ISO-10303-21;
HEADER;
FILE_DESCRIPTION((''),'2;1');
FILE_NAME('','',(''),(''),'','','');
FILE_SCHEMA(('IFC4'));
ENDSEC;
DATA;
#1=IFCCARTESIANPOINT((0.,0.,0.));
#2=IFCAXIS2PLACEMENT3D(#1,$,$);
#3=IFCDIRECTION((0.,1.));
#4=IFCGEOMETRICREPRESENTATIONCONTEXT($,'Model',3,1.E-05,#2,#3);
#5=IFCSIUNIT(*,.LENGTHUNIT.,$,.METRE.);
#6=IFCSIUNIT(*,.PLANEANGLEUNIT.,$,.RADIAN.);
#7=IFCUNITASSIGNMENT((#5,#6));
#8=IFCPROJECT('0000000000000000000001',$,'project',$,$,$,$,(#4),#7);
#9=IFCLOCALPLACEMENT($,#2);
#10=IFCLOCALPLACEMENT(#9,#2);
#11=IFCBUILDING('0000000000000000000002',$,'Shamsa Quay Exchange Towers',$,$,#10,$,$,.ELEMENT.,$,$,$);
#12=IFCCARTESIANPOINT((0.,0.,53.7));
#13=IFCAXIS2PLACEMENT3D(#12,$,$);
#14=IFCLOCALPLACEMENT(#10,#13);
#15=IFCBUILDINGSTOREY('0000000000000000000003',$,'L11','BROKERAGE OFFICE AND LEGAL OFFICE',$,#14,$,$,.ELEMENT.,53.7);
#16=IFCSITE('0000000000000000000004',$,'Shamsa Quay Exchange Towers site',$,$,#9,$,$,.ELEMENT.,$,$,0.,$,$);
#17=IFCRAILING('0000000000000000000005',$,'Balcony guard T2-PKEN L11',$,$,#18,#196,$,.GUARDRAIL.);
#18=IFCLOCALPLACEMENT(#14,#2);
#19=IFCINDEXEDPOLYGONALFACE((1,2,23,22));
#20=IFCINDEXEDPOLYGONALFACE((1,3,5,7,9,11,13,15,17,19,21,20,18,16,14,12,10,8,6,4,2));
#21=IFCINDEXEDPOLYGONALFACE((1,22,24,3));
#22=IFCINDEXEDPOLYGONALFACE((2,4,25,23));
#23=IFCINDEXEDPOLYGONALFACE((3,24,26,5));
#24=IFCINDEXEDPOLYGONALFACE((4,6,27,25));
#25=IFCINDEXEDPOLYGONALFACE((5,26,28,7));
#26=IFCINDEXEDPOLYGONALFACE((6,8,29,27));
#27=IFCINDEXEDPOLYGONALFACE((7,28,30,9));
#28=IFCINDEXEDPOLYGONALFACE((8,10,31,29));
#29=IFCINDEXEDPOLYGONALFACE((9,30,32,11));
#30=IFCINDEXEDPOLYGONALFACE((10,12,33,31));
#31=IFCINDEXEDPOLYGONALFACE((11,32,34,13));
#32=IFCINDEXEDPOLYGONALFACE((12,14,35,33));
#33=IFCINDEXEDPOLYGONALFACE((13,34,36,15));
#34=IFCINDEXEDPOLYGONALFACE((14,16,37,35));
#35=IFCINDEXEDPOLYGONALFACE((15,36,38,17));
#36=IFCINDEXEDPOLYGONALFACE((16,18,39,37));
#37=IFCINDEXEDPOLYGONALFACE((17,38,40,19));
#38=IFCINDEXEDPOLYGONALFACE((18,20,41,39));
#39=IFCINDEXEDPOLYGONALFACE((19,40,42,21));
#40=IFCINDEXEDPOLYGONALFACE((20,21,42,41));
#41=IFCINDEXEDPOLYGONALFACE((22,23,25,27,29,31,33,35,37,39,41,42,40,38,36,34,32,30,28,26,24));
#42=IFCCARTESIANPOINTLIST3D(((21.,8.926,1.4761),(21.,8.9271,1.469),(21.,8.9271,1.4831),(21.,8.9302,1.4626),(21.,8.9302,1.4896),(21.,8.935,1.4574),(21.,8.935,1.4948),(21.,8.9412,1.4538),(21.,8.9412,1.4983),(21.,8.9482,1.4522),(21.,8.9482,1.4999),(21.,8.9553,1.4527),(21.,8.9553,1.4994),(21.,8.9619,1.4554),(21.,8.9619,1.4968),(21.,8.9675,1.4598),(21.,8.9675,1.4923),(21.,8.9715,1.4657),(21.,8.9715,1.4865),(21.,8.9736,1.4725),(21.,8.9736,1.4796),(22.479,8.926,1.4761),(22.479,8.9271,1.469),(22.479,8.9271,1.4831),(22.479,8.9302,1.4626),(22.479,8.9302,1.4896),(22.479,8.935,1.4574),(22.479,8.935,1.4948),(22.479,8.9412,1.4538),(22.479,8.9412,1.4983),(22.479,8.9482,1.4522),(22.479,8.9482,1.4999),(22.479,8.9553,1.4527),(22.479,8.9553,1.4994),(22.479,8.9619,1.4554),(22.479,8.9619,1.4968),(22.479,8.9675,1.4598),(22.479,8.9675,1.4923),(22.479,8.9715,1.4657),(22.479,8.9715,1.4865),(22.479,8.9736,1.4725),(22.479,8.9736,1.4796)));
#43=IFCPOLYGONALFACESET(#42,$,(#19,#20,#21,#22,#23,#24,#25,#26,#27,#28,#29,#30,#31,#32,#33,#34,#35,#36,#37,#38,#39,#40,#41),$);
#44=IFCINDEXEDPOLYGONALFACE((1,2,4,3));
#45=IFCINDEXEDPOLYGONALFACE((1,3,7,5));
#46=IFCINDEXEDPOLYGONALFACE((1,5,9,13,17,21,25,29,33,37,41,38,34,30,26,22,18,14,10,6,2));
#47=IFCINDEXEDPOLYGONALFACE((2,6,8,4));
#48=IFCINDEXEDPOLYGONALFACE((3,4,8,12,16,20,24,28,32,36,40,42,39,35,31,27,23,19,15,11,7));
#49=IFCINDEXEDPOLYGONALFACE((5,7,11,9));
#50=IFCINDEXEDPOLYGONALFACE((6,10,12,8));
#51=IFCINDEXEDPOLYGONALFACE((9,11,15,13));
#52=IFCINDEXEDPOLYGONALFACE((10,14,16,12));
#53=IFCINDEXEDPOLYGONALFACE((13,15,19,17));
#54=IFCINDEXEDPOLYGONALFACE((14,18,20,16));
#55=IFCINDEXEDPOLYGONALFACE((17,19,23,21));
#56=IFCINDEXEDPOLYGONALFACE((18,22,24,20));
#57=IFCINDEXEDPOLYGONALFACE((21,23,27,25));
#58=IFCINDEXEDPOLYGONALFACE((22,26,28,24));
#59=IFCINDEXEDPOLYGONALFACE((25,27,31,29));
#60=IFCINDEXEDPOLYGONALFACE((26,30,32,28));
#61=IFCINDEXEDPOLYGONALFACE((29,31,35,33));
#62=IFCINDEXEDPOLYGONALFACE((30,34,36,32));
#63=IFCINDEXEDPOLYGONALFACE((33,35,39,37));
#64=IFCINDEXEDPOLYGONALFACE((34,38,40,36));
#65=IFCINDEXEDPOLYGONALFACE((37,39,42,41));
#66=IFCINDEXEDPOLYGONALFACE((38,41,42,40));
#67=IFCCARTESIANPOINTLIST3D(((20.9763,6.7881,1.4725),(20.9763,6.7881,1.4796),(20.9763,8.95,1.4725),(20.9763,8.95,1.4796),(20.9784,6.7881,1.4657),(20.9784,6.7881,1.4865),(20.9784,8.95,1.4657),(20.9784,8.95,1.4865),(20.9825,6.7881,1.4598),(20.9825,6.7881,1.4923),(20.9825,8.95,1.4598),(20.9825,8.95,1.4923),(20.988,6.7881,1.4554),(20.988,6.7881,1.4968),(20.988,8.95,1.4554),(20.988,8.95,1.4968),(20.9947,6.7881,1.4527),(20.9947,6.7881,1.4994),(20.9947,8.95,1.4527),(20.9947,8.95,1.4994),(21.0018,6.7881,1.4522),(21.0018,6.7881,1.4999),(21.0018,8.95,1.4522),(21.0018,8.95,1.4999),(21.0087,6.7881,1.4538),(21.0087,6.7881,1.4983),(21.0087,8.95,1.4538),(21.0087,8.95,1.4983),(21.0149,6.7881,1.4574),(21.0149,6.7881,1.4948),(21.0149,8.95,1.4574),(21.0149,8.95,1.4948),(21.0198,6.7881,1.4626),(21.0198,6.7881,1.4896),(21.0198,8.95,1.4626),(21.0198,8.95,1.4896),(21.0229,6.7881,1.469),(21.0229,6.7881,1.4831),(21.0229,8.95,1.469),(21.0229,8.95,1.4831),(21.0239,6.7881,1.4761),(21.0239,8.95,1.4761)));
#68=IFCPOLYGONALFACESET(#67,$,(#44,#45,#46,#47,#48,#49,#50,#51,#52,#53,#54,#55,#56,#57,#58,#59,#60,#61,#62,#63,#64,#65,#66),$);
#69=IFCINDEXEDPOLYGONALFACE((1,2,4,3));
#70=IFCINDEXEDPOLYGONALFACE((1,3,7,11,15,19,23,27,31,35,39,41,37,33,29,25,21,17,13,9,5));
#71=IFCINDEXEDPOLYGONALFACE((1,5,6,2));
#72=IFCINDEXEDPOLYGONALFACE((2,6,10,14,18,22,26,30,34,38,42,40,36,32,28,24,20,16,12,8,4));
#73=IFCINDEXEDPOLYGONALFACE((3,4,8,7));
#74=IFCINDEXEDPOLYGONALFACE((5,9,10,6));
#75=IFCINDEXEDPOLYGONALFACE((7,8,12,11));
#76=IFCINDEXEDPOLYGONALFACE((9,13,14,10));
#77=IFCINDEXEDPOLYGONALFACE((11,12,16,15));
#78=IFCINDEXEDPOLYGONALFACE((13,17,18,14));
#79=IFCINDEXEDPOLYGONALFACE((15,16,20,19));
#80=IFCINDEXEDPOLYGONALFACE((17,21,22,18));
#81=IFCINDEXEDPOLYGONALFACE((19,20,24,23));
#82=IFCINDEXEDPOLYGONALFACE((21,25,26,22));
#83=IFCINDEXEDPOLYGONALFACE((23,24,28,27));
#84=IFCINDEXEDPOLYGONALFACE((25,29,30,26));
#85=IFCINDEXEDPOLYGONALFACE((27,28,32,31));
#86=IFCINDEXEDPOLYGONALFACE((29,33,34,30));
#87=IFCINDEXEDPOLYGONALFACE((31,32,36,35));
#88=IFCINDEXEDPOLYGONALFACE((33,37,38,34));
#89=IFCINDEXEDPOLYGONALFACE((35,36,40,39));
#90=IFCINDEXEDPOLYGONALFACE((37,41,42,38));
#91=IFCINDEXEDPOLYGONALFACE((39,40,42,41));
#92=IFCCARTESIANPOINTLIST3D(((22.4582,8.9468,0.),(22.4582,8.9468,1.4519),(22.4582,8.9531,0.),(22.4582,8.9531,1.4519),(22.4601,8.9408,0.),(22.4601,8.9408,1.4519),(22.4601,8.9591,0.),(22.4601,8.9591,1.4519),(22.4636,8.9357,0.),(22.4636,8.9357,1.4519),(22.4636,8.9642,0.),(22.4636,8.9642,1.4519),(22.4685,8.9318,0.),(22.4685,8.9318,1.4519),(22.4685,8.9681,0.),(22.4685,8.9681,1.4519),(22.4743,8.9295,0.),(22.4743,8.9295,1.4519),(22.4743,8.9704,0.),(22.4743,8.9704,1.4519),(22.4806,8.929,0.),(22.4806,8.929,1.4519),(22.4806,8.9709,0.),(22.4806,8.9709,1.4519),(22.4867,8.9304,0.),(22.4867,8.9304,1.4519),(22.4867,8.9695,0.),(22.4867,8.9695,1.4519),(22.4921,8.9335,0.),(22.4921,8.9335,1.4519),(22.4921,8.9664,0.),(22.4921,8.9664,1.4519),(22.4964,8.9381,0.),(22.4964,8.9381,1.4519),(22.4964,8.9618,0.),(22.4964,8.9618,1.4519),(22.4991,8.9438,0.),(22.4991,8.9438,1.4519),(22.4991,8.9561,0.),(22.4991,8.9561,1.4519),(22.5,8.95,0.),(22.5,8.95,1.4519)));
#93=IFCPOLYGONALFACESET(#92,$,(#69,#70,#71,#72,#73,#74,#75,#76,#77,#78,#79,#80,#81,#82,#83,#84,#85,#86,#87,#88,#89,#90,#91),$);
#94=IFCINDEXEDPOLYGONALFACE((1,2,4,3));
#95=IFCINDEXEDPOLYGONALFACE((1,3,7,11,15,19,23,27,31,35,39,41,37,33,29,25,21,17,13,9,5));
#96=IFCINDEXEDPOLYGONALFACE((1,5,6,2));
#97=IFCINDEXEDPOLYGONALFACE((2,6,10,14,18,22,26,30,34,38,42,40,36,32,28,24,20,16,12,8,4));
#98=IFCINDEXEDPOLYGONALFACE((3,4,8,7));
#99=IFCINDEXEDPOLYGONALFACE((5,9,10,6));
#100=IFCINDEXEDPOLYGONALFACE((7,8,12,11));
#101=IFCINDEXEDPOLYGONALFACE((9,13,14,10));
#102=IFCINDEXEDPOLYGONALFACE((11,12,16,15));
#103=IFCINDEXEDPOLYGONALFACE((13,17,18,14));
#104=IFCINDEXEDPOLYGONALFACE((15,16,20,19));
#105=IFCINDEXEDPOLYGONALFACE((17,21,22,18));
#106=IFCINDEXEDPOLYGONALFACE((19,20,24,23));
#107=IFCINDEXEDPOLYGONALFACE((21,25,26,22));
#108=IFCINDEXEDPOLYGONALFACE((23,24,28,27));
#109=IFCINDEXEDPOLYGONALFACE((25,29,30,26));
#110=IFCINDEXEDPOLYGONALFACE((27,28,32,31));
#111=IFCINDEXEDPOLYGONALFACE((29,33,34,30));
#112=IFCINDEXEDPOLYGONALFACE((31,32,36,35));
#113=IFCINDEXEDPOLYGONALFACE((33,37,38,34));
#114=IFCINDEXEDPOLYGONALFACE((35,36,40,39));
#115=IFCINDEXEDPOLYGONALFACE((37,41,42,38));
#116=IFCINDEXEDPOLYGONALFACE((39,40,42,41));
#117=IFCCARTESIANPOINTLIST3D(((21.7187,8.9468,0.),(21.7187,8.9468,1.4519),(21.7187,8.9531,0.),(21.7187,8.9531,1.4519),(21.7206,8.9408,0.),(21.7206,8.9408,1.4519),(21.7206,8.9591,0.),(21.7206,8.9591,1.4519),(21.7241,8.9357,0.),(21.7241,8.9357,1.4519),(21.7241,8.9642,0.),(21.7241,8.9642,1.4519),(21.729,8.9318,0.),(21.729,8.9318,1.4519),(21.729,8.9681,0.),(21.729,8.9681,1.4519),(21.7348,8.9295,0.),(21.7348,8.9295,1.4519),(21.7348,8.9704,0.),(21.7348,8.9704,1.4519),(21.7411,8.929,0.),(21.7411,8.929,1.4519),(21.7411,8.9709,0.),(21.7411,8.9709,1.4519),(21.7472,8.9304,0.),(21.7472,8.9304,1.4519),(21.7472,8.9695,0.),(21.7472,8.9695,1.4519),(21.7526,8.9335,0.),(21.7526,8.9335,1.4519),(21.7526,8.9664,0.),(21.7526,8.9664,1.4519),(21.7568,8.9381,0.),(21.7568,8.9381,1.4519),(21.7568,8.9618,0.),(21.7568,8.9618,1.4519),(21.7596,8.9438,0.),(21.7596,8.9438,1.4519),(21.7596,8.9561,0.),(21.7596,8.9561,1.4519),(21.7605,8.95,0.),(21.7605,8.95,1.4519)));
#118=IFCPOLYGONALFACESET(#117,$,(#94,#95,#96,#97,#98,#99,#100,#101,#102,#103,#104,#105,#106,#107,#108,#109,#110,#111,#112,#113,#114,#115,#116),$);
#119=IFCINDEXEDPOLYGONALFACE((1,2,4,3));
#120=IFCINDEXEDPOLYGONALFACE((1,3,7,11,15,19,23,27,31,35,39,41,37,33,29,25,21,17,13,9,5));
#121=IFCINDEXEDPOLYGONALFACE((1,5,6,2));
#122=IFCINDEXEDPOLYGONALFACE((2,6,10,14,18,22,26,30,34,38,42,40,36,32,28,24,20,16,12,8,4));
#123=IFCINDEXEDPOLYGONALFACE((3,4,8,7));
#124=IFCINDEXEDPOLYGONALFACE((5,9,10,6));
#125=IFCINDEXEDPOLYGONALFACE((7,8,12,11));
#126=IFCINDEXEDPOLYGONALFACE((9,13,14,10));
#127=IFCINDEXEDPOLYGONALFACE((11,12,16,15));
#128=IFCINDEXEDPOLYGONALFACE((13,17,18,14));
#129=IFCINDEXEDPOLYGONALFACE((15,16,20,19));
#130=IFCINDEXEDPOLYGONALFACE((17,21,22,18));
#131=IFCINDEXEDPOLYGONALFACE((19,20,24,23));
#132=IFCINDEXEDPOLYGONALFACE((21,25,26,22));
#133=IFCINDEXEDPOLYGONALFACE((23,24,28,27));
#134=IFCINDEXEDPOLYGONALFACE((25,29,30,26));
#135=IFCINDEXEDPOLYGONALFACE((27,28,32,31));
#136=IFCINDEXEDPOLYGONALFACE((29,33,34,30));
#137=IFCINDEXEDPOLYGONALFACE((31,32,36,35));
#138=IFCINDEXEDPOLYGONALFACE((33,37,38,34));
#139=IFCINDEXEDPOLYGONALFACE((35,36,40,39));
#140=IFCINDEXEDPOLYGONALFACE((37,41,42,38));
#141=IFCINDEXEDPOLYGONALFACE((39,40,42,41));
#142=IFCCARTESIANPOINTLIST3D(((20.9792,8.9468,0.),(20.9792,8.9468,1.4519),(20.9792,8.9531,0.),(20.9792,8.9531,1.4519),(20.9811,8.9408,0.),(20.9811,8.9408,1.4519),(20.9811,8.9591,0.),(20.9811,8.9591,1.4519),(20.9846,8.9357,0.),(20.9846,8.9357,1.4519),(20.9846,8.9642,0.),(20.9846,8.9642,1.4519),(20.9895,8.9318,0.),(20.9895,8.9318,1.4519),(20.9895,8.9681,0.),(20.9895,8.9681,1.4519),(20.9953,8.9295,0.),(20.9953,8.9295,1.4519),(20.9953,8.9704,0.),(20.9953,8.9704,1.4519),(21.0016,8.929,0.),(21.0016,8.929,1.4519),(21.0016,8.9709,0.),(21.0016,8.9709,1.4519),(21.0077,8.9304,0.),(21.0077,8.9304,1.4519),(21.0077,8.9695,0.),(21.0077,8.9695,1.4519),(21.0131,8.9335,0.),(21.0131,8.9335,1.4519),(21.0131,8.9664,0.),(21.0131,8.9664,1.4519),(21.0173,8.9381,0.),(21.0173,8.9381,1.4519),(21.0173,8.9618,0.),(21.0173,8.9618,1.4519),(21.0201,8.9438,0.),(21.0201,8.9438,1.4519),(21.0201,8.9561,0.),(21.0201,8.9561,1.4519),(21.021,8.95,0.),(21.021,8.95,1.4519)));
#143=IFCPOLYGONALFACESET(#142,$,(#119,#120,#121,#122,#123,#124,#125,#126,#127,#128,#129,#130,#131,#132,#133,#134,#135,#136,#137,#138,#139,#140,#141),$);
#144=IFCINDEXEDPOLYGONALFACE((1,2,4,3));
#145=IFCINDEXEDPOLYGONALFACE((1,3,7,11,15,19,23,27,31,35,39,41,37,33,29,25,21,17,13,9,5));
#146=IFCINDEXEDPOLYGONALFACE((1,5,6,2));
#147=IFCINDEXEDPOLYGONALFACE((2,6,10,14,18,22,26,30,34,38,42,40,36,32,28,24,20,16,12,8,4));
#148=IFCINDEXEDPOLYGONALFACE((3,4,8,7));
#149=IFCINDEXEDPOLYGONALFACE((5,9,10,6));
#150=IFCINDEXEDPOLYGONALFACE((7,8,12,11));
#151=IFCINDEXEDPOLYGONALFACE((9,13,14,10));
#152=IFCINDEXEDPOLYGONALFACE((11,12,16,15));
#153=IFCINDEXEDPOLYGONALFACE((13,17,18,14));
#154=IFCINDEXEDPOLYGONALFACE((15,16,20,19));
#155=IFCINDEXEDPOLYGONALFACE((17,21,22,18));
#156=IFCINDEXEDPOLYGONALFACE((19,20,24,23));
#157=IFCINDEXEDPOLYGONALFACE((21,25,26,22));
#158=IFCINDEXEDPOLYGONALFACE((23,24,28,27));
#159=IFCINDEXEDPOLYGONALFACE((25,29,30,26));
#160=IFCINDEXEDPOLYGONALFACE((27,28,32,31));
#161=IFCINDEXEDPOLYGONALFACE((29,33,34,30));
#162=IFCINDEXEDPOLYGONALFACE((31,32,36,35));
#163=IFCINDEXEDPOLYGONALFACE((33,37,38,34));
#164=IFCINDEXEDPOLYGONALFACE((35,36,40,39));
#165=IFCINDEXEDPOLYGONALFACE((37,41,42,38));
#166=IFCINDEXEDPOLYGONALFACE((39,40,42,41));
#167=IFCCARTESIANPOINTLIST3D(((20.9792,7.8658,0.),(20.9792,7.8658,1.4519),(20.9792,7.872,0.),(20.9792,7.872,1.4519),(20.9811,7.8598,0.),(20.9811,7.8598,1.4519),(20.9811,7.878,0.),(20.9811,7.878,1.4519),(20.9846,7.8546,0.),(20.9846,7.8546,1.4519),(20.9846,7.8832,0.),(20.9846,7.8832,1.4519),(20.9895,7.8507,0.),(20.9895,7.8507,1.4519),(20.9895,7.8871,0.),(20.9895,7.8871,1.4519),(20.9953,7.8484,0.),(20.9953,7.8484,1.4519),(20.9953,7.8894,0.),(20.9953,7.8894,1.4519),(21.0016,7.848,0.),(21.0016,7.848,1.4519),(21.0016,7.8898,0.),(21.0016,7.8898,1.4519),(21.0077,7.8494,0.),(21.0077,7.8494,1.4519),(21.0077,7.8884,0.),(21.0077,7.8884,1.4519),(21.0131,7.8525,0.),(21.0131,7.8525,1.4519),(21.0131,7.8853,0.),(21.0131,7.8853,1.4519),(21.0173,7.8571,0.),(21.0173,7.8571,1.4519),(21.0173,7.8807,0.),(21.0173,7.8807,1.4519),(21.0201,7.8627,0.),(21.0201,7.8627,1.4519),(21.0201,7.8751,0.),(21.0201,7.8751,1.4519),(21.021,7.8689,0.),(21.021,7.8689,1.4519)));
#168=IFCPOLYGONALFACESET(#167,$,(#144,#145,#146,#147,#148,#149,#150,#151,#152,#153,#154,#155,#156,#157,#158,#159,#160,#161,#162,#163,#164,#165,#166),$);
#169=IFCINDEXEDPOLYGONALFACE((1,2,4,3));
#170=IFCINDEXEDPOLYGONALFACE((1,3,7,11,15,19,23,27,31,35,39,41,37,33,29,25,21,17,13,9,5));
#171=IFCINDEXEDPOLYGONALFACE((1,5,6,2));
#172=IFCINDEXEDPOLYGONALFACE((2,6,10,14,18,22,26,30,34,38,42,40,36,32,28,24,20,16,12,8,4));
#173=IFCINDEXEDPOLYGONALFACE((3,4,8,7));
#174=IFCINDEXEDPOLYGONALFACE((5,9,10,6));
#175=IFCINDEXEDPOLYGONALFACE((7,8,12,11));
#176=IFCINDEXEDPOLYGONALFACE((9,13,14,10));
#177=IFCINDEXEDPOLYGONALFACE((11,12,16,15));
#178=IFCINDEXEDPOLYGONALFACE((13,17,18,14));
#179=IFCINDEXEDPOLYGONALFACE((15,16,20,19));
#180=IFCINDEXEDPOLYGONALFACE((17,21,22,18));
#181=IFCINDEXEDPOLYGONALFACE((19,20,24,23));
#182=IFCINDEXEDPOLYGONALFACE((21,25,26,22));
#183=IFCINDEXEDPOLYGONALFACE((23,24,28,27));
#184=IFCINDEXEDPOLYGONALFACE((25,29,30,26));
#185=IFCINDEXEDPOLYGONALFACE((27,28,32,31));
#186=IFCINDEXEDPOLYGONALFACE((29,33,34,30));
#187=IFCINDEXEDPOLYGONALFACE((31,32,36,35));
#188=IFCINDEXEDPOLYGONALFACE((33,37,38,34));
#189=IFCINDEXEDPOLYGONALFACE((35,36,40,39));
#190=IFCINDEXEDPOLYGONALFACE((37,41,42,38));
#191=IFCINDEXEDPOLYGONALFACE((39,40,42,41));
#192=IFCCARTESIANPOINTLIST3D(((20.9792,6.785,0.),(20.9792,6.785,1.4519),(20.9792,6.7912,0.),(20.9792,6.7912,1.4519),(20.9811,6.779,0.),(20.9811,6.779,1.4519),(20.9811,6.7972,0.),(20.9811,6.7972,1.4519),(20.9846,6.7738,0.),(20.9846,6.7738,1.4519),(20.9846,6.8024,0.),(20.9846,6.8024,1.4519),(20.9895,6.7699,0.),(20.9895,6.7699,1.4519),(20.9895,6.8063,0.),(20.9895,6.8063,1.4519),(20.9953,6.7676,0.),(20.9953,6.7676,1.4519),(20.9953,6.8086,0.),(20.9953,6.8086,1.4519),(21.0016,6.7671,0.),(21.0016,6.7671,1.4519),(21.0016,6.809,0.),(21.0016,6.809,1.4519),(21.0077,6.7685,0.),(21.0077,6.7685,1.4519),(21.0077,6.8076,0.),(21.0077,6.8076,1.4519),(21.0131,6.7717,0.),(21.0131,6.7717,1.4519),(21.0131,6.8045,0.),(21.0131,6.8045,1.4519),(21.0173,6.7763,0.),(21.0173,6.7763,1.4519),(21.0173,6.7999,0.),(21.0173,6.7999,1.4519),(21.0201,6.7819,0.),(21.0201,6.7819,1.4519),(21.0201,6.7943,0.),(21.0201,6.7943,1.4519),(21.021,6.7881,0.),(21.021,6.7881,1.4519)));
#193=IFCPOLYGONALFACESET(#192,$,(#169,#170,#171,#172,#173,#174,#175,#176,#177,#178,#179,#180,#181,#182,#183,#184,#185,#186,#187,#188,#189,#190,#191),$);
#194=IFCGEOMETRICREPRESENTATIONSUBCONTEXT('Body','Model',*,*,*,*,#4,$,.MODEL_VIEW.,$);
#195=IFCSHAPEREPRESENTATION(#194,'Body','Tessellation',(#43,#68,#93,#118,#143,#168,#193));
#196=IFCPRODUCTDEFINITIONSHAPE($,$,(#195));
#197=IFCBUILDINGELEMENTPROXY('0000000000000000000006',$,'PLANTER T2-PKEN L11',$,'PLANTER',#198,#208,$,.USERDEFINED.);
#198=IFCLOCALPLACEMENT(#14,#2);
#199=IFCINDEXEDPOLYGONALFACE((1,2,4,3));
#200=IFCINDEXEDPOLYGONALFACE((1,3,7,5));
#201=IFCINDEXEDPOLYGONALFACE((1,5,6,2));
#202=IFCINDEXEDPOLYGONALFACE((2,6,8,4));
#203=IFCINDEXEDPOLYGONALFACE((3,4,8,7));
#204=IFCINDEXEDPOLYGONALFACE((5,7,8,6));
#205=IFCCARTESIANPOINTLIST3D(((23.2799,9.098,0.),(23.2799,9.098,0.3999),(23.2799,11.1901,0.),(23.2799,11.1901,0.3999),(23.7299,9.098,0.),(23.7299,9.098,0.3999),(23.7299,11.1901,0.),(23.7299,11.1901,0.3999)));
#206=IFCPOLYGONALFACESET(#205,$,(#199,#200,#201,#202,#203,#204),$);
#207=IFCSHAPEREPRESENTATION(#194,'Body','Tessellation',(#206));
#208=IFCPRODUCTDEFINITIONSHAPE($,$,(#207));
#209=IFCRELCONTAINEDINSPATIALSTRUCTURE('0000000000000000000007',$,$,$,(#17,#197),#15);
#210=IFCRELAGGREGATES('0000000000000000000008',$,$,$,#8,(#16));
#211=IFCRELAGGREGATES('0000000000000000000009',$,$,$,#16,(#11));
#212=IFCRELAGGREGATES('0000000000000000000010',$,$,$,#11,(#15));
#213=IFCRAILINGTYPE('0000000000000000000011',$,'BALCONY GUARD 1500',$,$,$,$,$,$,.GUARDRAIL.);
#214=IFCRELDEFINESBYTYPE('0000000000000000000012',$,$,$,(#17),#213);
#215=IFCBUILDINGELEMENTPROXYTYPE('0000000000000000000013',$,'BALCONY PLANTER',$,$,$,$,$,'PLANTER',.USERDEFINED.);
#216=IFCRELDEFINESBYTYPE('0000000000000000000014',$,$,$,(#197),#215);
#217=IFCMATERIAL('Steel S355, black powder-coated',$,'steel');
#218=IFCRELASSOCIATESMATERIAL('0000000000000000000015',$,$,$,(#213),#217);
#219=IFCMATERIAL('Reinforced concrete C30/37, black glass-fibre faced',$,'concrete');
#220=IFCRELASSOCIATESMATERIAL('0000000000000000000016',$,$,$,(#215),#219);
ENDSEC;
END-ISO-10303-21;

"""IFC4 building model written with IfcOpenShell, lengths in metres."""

from ifc_helpers import new_model, si_unit, direction, frame, origin, origin_2d, place, context, subcontext, project, spatial, rectangle, circle, extrude, material, type_object, element, save


model = new_model("IFC4")

# Units and contexts
model_context = context("Model", 3, precision=1e-05, world=origin(), true_north=direction((0.0, 1.0)))
body_context = subcontext(model_context, "Body", "Model", "MODEL_VIEW")
ifc_project = project(units=[si_unit("LENGTHUNIT", "METRE"), si_unit("PLANEANGLEUNIT", "RADIAN")], contexts=[model_context])

# Site, building, storey
site_placement = place(None, origin())
site = spatial("IfcSite", under=ifc_project, at=site_placement, Name="Shamsa Quay Exchange Towers site", CompositionType="ELEMENT", RefElevation=0.0)
building_placement = place(site_placement, origin())
building = spatial("IfcBuilding", under=site, at=building_placement, Name="Shamsa Quay Exchange Towers", CompositionType="ELEMENT")
storey_placement = place(building_placement, frame((0.0, 0.0, 53.7)))
storey = spatial("IfcBuildingStorey", under=building, at=storey_placement, Name="L11", Description="BROKERAGE OFFICE AND LEGAL OFFICE", CompositionType="ELEMENT", Elevation=53.7)

# Railing
ifc_material_1 = material(Name="Steel S355, black powder-coated", Category="steel")
railing_type = type_object("IfcRailingType", Name="BALCONY GUARD 1500", PredefinedType="GUARDRAIL", material=ifc_material_1)
for number, where, name in (
    (1, (22.479, 8.95, 0.0), "Balcony guard T2-PKEN L11"),
):
    element("IfcRailing", number, at=place(storey_placement, frame(where)), inside=storey, type_object=railing_type, Name=name, PredefinedType="GUARDRAIL", context=body_context, shape_type="SweptSolid", body=[
        extrude(circle(Radius=0.0239, at=origin_2d()), frame((0.0, 0.0, 1.4761), z_axis=(-1.0, 0.0, 0.0), x_axis=(0.0, -1.0, 0.0)), (0.0, 0.0, 1.0), 1.479),
        extrude(circle(Radius=0.0239, at=origin_2d()), frame((-1.479, 0.0, 1.4761), z_axis=(0.0, -1.0, 0.0), x_axis=(1.0, 0.0, 0.0)), (0.0, 0.0, 1.0), 2.1619),
        extrude(circle(Radius=0.021, at=origin_2d()), origin(), (0.0, 0.0, 1.0), 1.4519),
        extrude(circle(Radius=0.021, at=origin_2d()), frame((-0.7395, 0.0, 0.0)), (0.0, 0.0, 1.0), 1.4519),
        extrude(circle(Radius=0.021, at=origin_2d()), frame((-1.479, 0.0, 0.0)), (0.0, 0.0, 1.0), 1.4519),
        extrude(circle(Radius=0.021, at=origin_2d()), frame((-1.479, -1.0811, 0.0)), (0.0, 0.0, 1.0), 1.4519),
        extrude(circle(Radius=0.021, at=origin_2d()), frame((-1.479, -2.1619, 0.0)), (0.0, 0.0, 1.0), 1.4519),
    ])

# Building element proxy
ifc_material_2 = material(Name="Reinforced concrete C30/37, black glass-fibre faced", Category="concrete")
building_element_proxy_type = type_object("IfcBuildingElementProxyType", Name="BALCONY PLANTER", ElementType="PLANTER", PredefinedType="USERDEFINED", material=ifc_material_2)
for number, where, z_axis, x_axis, name in (
    (2, (23.5049, 10.144, 0.0), (0.0, 0.0, 1.0), (0.0, -1.0, 0.0), "PLANTER T2-PKEN L11"),
):
    element("IfcBuildingElementProxy", number, at=place(storey_placement, frame(where, z_axis=z_axis, x_axis=x_axis)), inside=storey, type_object=building_element_proxy_type, Name=name, ObjectType="PLANTER", PredefinedType="USERDEFINED", context=body_context, shape_type="SweptSolid", body=[
        extrude(rectangle(XDim=2.092, YDim=0.45, at=origin_2d()), origin(), (0.0, 0.0, 1.0), 0.3999),
    ])

save(model, "model.ifc")
